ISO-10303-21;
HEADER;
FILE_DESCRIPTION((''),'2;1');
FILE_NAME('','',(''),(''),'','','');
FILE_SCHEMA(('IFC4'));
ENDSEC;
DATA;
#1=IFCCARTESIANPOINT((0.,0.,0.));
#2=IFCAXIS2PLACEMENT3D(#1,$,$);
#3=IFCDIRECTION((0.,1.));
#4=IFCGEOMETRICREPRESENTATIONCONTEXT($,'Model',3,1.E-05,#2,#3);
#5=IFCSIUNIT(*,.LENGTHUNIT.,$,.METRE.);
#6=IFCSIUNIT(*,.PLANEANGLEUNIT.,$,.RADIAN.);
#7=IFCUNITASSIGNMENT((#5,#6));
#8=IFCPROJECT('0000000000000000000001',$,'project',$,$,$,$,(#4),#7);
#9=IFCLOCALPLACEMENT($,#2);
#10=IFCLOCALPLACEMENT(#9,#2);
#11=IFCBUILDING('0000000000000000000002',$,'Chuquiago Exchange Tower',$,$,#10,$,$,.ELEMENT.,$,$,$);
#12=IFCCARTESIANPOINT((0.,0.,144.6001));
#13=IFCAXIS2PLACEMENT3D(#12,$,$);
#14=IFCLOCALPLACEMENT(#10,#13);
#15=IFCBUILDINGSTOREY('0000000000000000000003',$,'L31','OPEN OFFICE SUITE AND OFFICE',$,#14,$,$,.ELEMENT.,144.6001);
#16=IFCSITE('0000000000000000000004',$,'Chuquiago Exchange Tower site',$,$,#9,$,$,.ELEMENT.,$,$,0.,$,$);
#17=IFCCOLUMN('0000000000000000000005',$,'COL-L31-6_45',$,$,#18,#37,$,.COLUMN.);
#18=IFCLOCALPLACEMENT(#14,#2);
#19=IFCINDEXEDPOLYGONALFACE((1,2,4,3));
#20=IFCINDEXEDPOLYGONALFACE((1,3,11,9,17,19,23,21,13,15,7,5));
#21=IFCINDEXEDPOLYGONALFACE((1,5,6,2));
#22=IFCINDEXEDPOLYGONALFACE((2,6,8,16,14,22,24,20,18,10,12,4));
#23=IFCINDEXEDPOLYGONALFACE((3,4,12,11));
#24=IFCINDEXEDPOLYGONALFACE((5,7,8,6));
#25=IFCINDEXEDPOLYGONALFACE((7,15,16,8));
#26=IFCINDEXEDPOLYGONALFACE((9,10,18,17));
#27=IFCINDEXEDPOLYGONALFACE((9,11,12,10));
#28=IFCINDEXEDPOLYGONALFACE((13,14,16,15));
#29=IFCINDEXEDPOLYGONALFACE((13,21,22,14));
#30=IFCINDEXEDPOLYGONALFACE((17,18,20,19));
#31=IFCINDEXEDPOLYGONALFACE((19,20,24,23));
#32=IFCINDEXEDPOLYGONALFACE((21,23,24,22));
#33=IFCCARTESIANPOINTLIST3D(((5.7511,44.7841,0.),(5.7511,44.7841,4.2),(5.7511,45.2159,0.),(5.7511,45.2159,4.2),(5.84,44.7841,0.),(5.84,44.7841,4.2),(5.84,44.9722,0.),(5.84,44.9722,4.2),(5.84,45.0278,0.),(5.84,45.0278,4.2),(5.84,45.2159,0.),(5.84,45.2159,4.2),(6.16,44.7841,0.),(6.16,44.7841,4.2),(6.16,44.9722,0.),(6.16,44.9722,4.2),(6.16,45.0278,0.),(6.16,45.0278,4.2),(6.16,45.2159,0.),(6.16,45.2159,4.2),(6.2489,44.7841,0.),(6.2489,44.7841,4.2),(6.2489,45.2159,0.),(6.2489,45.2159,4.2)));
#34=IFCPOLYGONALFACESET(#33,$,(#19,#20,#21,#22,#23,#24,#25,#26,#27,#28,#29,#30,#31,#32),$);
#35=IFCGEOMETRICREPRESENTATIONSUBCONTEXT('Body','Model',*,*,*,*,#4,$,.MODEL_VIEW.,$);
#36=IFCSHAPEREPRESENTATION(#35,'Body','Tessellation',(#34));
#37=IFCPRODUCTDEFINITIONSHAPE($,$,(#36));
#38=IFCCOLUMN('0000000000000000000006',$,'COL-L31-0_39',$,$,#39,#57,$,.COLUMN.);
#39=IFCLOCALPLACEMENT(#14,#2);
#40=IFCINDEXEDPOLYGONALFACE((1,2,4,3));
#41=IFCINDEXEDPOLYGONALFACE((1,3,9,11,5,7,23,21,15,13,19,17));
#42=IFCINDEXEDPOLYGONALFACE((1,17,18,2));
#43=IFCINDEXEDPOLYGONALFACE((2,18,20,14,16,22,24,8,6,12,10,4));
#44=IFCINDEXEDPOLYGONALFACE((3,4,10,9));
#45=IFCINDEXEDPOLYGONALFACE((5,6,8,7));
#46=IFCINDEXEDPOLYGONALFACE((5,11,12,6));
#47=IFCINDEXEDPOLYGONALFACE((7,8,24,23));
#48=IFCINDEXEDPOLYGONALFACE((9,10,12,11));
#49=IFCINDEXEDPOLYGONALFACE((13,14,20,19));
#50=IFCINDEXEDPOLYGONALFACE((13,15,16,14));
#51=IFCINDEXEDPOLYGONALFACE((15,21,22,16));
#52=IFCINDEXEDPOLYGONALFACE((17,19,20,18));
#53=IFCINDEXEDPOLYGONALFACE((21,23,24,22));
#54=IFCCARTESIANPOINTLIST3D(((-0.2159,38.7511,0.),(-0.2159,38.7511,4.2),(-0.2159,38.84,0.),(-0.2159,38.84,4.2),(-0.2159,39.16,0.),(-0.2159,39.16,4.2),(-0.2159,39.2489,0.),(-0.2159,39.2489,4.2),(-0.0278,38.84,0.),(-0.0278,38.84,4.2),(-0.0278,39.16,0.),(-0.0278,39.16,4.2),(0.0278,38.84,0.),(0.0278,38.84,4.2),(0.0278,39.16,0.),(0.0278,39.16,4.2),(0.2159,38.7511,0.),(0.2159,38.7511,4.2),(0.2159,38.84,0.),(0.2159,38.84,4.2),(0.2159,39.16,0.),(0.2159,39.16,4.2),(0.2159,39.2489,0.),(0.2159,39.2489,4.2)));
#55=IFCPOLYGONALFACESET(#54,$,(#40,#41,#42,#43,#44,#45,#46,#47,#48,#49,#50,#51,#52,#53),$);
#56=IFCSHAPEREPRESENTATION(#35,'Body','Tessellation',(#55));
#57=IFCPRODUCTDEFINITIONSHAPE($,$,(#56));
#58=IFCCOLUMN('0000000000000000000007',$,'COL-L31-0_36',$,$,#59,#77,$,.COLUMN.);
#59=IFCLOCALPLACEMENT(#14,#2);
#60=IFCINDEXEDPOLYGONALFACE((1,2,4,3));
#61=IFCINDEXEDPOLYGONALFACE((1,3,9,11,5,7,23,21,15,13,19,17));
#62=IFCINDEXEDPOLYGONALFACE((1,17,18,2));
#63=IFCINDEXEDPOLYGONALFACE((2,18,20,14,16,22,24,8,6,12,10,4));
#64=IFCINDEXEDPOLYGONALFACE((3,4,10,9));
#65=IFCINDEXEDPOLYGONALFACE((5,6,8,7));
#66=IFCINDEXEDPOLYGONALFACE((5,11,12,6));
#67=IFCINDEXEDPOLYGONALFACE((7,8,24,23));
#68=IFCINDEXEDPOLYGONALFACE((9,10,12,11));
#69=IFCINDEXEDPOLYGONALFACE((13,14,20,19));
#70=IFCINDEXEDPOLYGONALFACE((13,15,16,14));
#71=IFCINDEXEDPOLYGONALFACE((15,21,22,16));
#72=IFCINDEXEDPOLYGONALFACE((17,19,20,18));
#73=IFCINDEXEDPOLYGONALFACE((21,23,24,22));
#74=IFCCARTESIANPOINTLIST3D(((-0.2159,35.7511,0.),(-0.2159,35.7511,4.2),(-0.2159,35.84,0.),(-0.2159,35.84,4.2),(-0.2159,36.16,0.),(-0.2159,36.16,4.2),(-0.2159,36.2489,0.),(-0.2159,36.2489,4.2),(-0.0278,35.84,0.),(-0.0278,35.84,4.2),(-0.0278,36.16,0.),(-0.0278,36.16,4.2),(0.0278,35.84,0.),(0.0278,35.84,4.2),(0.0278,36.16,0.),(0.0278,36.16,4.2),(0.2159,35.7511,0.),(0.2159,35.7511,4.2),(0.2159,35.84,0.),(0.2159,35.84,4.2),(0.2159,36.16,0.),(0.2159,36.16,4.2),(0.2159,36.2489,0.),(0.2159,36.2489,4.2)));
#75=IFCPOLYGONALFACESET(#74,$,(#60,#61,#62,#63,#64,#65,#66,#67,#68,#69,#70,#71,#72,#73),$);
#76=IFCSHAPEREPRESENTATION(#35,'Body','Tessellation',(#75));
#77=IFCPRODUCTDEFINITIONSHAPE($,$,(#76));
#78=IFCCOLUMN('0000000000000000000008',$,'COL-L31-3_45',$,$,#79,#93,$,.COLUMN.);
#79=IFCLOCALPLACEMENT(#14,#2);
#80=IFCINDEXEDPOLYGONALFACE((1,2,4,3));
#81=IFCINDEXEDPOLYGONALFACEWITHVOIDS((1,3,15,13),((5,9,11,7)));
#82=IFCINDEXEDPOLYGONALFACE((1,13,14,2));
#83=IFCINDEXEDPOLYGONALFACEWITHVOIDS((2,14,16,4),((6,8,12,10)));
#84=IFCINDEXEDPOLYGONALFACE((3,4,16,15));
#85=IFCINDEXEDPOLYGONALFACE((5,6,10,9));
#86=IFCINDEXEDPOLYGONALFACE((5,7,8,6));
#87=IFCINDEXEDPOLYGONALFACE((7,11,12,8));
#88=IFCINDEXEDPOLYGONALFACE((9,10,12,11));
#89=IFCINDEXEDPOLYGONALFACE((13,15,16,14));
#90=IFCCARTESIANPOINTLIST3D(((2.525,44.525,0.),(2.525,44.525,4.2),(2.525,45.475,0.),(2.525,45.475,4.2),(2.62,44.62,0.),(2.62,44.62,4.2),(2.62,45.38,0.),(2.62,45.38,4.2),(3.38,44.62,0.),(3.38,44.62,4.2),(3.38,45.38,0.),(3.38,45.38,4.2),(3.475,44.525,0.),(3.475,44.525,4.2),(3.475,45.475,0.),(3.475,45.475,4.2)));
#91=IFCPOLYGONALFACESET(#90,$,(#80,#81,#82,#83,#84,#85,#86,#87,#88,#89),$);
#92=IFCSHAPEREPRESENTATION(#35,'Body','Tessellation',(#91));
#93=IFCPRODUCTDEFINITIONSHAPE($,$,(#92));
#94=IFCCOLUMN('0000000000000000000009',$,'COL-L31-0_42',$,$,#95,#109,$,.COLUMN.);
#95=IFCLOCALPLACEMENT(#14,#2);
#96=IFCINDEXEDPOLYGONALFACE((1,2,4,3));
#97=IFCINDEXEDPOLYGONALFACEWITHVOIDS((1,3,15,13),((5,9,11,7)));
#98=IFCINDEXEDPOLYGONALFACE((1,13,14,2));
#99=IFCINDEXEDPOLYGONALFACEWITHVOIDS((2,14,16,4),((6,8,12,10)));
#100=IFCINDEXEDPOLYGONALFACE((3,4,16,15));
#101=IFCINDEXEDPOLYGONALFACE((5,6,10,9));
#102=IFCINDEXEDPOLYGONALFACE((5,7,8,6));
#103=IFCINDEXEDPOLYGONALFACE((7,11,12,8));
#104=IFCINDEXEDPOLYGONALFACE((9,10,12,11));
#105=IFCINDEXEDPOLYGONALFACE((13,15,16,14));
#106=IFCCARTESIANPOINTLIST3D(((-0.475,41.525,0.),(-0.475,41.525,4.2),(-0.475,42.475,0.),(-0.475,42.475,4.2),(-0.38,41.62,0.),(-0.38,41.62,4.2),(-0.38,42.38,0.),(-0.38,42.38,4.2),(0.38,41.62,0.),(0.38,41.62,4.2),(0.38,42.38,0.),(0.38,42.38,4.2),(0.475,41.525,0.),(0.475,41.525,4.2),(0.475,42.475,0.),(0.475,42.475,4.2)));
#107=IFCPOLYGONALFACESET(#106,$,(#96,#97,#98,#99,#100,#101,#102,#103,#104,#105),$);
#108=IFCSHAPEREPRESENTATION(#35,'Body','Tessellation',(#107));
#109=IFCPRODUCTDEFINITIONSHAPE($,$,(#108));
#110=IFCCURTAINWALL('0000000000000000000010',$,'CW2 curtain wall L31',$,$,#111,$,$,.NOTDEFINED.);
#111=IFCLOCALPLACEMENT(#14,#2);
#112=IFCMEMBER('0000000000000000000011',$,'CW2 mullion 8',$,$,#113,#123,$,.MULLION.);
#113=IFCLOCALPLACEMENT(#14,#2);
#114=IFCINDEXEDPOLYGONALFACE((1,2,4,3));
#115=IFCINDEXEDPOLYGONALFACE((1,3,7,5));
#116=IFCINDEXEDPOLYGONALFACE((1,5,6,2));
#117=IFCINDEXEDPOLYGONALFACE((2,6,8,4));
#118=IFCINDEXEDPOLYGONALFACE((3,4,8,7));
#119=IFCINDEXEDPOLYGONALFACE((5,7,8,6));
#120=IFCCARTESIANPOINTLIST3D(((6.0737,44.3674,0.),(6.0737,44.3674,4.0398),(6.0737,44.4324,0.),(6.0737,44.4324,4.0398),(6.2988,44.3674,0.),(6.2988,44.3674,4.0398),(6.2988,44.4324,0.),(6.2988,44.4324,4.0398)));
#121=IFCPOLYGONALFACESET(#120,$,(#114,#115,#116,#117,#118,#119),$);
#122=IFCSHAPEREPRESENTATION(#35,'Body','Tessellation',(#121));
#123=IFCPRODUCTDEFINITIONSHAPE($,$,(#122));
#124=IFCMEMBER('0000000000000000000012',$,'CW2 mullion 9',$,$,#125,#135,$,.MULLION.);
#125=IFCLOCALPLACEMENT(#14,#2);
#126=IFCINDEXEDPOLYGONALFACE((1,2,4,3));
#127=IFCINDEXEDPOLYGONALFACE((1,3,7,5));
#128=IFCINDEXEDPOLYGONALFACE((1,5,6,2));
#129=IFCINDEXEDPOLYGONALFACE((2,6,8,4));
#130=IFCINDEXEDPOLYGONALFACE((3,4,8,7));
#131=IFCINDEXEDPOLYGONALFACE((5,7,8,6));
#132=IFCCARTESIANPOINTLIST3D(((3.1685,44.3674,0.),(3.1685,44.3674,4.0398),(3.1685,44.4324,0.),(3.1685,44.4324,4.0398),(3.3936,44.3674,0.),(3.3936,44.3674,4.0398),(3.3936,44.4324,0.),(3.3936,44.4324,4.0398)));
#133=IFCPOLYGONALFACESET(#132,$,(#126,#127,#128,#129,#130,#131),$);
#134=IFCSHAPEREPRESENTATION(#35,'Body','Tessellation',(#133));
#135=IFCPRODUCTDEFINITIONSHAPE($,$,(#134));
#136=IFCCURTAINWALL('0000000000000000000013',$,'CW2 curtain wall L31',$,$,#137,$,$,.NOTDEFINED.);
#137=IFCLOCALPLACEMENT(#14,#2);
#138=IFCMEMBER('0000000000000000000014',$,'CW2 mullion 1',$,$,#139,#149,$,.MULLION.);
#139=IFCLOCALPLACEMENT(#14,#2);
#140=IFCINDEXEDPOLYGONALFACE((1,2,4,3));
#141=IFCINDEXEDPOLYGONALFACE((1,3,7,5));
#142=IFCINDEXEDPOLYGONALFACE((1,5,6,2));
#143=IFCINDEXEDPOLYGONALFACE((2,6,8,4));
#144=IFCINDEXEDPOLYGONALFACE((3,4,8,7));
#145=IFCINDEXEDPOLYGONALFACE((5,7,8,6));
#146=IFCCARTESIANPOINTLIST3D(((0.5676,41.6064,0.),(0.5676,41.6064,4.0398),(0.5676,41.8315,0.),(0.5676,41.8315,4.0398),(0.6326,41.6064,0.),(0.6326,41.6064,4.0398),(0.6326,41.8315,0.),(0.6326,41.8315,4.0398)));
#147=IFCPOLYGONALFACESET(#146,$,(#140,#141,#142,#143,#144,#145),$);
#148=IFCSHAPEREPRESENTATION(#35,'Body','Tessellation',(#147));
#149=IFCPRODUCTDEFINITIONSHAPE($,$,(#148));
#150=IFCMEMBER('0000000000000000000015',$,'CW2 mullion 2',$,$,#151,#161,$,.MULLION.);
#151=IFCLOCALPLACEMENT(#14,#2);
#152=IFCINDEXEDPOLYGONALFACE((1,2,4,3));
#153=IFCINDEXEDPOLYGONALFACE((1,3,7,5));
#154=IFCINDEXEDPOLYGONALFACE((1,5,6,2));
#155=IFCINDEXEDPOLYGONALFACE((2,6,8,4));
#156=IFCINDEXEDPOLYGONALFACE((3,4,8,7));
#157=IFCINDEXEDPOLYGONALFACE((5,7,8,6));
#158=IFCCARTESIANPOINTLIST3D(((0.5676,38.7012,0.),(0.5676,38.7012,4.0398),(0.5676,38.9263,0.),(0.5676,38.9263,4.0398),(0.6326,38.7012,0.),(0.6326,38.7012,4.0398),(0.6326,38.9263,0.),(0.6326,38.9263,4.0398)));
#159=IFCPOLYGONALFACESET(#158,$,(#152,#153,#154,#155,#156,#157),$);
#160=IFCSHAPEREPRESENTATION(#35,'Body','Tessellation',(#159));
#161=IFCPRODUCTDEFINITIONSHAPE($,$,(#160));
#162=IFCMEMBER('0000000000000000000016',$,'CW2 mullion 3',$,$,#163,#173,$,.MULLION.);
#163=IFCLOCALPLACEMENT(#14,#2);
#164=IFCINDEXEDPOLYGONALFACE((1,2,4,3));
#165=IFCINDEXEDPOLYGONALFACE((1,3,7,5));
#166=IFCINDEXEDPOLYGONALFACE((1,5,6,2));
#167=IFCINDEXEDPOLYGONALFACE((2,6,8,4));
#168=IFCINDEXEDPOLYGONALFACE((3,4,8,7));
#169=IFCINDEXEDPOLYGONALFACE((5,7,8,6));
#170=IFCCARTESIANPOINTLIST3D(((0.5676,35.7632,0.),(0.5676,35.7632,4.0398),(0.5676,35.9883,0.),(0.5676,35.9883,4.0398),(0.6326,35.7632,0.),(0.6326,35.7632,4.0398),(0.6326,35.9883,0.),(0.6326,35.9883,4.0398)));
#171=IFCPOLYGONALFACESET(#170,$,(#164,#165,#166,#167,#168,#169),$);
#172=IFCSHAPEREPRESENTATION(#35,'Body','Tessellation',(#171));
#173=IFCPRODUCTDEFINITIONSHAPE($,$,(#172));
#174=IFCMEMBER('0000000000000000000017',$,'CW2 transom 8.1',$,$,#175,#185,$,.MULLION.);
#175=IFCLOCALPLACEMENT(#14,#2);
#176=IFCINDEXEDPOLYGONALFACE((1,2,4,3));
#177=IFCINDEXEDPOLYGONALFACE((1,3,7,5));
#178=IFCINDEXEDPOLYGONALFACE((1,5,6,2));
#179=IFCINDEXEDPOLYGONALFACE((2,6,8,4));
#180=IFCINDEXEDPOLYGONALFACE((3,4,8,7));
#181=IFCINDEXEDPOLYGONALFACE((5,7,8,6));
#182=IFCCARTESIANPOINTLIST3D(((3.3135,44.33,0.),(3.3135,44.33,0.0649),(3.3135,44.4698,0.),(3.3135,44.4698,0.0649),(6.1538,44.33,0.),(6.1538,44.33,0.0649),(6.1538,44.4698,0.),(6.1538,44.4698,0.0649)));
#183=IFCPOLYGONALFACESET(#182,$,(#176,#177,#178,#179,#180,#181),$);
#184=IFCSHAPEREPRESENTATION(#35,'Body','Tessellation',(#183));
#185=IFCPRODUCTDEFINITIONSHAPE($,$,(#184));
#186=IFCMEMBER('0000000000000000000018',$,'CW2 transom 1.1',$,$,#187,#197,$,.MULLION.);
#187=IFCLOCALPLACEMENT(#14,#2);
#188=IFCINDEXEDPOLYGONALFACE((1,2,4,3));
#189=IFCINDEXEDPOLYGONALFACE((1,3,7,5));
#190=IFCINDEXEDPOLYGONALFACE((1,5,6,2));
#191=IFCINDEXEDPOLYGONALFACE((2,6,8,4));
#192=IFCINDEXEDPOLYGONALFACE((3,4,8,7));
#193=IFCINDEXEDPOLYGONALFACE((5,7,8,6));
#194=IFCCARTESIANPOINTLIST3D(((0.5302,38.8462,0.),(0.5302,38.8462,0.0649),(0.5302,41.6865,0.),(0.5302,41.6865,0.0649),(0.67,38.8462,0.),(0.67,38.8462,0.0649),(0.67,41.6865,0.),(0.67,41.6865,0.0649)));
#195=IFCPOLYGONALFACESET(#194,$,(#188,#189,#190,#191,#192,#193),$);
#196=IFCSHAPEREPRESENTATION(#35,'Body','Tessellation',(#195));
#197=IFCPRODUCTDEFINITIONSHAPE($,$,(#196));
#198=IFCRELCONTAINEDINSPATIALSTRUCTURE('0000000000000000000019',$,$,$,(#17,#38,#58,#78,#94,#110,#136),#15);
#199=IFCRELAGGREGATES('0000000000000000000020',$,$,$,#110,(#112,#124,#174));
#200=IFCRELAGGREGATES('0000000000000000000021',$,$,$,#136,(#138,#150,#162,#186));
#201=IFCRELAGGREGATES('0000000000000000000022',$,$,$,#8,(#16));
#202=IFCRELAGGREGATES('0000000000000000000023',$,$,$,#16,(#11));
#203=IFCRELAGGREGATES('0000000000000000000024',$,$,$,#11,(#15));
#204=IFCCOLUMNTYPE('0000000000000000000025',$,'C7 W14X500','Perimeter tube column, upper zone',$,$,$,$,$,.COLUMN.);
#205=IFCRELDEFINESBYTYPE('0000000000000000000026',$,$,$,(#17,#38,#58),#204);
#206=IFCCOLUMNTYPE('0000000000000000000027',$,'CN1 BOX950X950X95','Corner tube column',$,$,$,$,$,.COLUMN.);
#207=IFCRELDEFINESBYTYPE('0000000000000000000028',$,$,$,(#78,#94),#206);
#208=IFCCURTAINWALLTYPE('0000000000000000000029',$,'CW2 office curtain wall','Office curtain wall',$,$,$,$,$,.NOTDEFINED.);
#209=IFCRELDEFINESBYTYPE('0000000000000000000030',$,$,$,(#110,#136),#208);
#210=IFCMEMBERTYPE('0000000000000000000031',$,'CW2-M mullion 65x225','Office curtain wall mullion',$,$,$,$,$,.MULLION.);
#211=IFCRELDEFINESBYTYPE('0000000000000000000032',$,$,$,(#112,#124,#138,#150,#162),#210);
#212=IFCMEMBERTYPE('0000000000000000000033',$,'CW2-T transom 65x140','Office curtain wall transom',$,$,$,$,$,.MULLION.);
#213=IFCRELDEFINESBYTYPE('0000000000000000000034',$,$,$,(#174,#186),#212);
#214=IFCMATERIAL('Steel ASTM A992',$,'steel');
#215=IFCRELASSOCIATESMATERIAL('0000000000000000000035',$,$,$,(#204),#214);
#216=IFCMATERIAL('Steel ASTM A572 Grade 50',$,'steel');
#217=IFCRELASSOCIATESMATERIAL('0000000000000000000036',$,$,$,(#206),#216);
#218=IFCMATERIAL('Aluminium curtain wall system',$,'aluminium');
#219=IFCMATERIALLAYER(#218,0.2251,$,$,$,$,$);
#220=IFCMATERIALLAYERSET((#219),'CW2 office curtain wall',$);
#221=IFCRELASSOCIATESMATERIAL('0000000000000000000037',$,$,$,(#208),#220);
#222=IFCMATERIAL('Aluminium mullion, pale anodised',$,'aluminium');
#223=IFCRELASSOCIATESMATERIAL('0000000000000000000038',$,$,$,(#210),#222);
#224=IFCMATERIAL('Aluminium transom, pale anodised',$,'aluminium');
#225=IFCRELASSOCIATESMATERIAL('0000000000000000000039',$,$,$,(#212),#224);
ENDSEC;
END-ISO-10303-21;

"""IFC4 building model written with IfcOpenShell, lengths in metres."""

from ifc_helpers import new_model, si_unit, direction, frame, origin, origin_2d, place, context, subcontext, project, spatial, rectangle, hollow_rectangle, i_section, extrude, material, layer, layer_set, material_profile, profile_set, type_object, element, aggregate, save


model = new_model("IFC4")

# Units and contexts
model_context = context("Model", 3, precision=1e-05, world=origin(), true_north=direction((0.0, 1.0)))
body_context = subcontext(model_context, "Body", "Model", "MODEL_VIEW")
ifc_project = project(units=[si_unit("LENGTHUNIT", "METRE"), si_unit("PLANEANGLEUNIT", "RADIAN")], contexts=[model_context])

# Site, building, storey
site_placement = place(None, origin())
site = spatial("IfcSite", under=ifc_project, at=site_placement, Name="Chuquiago Exchange Tower site", CompositionType="ELEMENT", RefElevation=0.0)
building_placement = place(site_placement, origin())
building = spatial("IfcBuilding", under=site, at=building_placement, Name="Chuquiago Exchange Tower", CompositionType="ELEMENT")
storey_placement = place(building_placement, frame((0.0, 0.0, 144.6001)))
storey = spatial("IfcBuildingStorey", under=building, at=storey_placement, Name="L31", Description="OPEN OFFICE SUITE AND OFFICE", CompositionType="ELEMENT", Elevation=144.6001)

# Columns
ifc_material_1 = material(Name="Steel ASTM A992", Category="steel")
ifc_material_profile_1 = material_profile(ifc_material_1, i_section(OverallWidth=0.4319, OverallDepth=0.4978, WebThickness=0.0557, FlangeThickness=0.0889, at=origin_2d()), Name="W14X500")
ifc_profile_set_1 = profile_set([ifc_material_profile_1], Name="Steel ASTM A992")
column_type_1 = type_object("IfcColumnType", Name="C7 W14X500", Description="Perimeter tube column, upper zone", PredefinedType="COLUMN", material=ifc_profile_set_1)
for number, where, z_axis, x_axis, name in (
    (1, (6.0, 45.0, 0.0), (0.0, 0.0, 1.0), (0.0, 1.0, 0.0), "COL-L31-6_45"),
    (2, (0.0, 39.0, 0.0), (0.0, 0.0, 1.0), (-1.0, 0.0, 0.0), "COL-L31-0_39"),
    (3, (0.0, 36.0, 0.0), (0.0, 0.0, 1.0), (-1.0, 0.0, 0.0), "COL-L31-0_36"),
):
    element("IfcColumn", number, at=place(storey_placement, frame(where, z_axis=z_axis, x_axis=x_axis)), inside=storey, type_object=column_type_1, Name=name, PredefinedType="COLUMN", context=body_context, shape_type="SweptSolid", body=[
        extrude(i_section(OverallWidth=0.4319, OverallDepth=0.4978, WebThickness=0.0557, FlangeThickness=0.0889, at=origin_2d()), origin(), (0.0, 0.0, 1.0), 4.2),
    ])
ifc_material_2 = material(Name="Steel ASTM A572 Grade 50", Category="steel")
ifc_material_profile_2 = material_profile(ifc_material_2, hollow_rectangle(XDim=0.95, YDim=0.95, WallThickness=0.095, at=origin_2d()), Name="BOX950X950X95")
ifc_profile_set_2 = profile_set([ifc_material_profile_2], Name="Steel ASTM A572 Grade 50")
column_type_2 = type_object("IfcColumnType", Name="CN1 BOX950X950X95", Description="Corner tube column", PredefinedType="COLUMN", material=ifc_profile_set_2)
for number, where, z_axis, x_axis, name in (
    (4, (3.0, 45.0, 0.0), (0.0, 0.0, 1.0), (0.0, 1.0, 0.0), "COL-L31-3_45"),
    (5, (0.0, 42.0, 0.0), (0.0, 0.0, 1.0), (-1.0, 0.0, 0.0), "COL-L31-0_42"),
):
    element("IfcColumn", number, at=place(storey_placement, frame(where, z_axis=z_axis, x_axis=x_axis)), inside=storey, type_object=column_type_2, Name=name, PredefinedType="COLUMN", context=body_context, shape_type="SweptSolid", body=[
        extrude(hollow_rectangle(XDim=0.95, YDim=0.95, WallThickness=0.095, at=origin_2d()), origin(), (0.0, 0.0, 1.0), 4.2),
    ])

# Curtain walls, members
ifc_material_3 = material(Name="Aluminium curtain wall system", Category="aluminium")
ifc_layer_1 = layer(ifc_material_3, 0.2251)
ifc_layer_set_1 = layer_set([ifc_layer_1], Name="CW2 office curtain wall")
curtain_wall_type_1 = type_object("IfcCurtainWallType", Name="CW2 office curtain wall", Description="Office curtain wall", PredefinedType="NOTDEFINED", material=ifc_layer_set_1)
curtain_wall_1_placement = place(storey_placement, origin())
curtain_wall_1 = element("IfcCurtainWall", 6, at=curtain_wall_1_placement, inside=storey, type_object=curtain_wall_type_1, Name="CW2 curtain wall L31", PredefinedType="NOTDEFINED")
ifc_material_4 = material(Name="Aluminium mullion, pale anodised", Category="aluminium")
ifc_material_profile_3 = material_profile(ifc_material_4, rectangle(XDim=0.0649, YDim=0.2251, at=origin_2d()), Name="AL 65x225")
ifc_profile_set_3 = profile_set([ifc_material_profile_3], Name="Aluminium mullion, pale anodised")
member_type_1 = type_object("IfcMemberType", Name="CW2-M mullion 65x225", Description="Office curtain wall mullion", PredefinedType="MULLION", material=ifc_profile_set_3)
member_1_placement = place(storey_placement, frame((6.1863, 44.3999, 0.0), z_axis=(0.0, 0.0, 1.0), x_axis=(0.0, -1.0, 0.0)))
member_1 = element("IfcMember", 7, at=member_1_placement, type_object=member_type_1, Name="CW2 mullion 8", PredefinedType="MULLION", context=body_context, shape_type="SweptSolid", body=[
    extrude(rectangle(XDim=0.0649, YDim=0.2251, at=origin_2d()), origin(), (0.0, 0.0, 1.0), 4.0398),
])
member_2_placement = place(storey_placement, frame((3.281, 44.3999, 0.0), z_axis=(0.0, 0.0, 1.0), x_axis=(0.0, -1.0, 0.0)))
member_2 = element("IfcMember", 8, at=member_2_placement, type_object=member_type_1, Name="CW2 mullion 9", PredefinedType="MULLION", context=body_context, shape_type="SweptSolid", body=[
    extrude(rectangle(XDim=0.0649, YDim=0.2251, at=origin_2d()), origin(), (0.0, 0.0, 1.0), 4.0398),
])
curtain_wall_2_placement = place(storey_placement, origin())
curtain_wall_2 = element("IfcCurtainWall", 9, at=curtain_wall_2_placement, inside=storey, type_object=curtain_wall_type_1, Name="CW2 curtain wall L31", PredefinedType="NOTDEFINED")
member_3_placement = place(storey_placement, frame((0.6001, 41.719, 0.0), z_axis=(0.0, 0.0, 1.0), x_axis=(1.0, 0.0, 0.0)))
member_3 = element("IfcMember", 10, at=member_3_placement, type_object=member_type_1, Name="CW2 mullion 1", PredefinedType="MULLION", context=body_context, shape_type="SweptSolid", body=[
    extrude(rectangle(XDim=0.0649, YDim=0.2251, at=origin_2d()), origin(), (0.0, 0.0, 1.0), 4.0398),
])
member_4_placement = place(storey_placement, frame((0.6001, 38.8137, 0.0), z_axis=(0.0, 0.0, 1.0), x_axis=(1.0, 0.0, 0.0)))
member_4 = element("IfcMember", 11, at=member_4_placement, type_object=member_type_1, Name="CW2 mullion 2", PredefinedType="MULLION", context=body_context, shape_type="SweptSolid", body=[
    extrude(rectangle(XDim=0.0649, YDim=0.2251, at=origin_2d()), origin(), (0.0, 0.0, 1.0), 4.0398),
])
member_5_placement = place(storey_placement, frame((0.6001, 35.8757, 0.0), z_axis=(0.0, 0.0, 1.0), x_axis=(1.0, 0.0, 0.0)))
member_5 = element("IfcMember", 12, at=member_5_placement, type_object=member_type_1, Name="CW2 mullion 3", PredefinedType="MULLION", context=body_context, shape_type="SweptSolid", body=[
    extrude(rectangle(XDim=0.0649, YDim=0.2251, at=origin_2d()), origin(), (0.0, 0.0, 1.0), 4.0398),
])

# Members
ifc_material_5 = material(Name="Aluminium transom, pale anodised", Category="aluminium")
ifc_material_profile_4 = material_profile(ifc_material_5, rectangle(XDim=0.1399, YDim=0.0649, at=origin_2d()), Name="AL 140x65")
ifc_profile_set_4 = profile_set([ifc_material_profile_4], Name="Aluminium transom, pale anodised")
member_type_2 = type_object("IfcMemberType", Name="CW2-T transom 65x140", Description="Office curtain wall transom", PredefinedType="MULLION", material=ifc_profile_set_4)
member_6_placement = place(storey_placement, frame((6.1538, 44.3999, 0.0325), z_axis=(-1.0, 0.0, 0.0), x_axis=(0.0, -1.0, 0.0)))
member_6 = element("IfcMember", 13, at=member_6_placement, type_object=member_type_2, Name="CW2 transom 8.1", PredefinedType="MULLION", context=body_context, shape_type="SweptSolid", body=[
    extrude(rectangle(XDim=0.1399, YDim=0.0649, at=origin_2d()), origin(), (0.0, 0.0, 1.0), 2.8403),
])
member_7_placement = place(storey_placement, frame((0.6001, 41.6865, 0.0325), z_axis=(0.0, -1.0, 0.0), x_axis=(1.0, 0.0, 0.0)))
member_7 = element("IfcMember", 14, at=member_7_placement, type_object=member_type_2, Name="CW2 transom 1.1", PredefinedType="MULLION", context=body_context, shape_type="SweptSolid", body=[
    extrude(rectangle(XDim=0.1399, YDim=0.0649, at=origin_2d()), origin(), (0.0, 0.0, 1.0), 2.8403),
])

aggregate(curtain_wall_1, [member_1, member_2, member_6])
aggregate(curtain_wall_2, [member_3, member_4, member_5, member_7])

save(model, "model.ifc")
